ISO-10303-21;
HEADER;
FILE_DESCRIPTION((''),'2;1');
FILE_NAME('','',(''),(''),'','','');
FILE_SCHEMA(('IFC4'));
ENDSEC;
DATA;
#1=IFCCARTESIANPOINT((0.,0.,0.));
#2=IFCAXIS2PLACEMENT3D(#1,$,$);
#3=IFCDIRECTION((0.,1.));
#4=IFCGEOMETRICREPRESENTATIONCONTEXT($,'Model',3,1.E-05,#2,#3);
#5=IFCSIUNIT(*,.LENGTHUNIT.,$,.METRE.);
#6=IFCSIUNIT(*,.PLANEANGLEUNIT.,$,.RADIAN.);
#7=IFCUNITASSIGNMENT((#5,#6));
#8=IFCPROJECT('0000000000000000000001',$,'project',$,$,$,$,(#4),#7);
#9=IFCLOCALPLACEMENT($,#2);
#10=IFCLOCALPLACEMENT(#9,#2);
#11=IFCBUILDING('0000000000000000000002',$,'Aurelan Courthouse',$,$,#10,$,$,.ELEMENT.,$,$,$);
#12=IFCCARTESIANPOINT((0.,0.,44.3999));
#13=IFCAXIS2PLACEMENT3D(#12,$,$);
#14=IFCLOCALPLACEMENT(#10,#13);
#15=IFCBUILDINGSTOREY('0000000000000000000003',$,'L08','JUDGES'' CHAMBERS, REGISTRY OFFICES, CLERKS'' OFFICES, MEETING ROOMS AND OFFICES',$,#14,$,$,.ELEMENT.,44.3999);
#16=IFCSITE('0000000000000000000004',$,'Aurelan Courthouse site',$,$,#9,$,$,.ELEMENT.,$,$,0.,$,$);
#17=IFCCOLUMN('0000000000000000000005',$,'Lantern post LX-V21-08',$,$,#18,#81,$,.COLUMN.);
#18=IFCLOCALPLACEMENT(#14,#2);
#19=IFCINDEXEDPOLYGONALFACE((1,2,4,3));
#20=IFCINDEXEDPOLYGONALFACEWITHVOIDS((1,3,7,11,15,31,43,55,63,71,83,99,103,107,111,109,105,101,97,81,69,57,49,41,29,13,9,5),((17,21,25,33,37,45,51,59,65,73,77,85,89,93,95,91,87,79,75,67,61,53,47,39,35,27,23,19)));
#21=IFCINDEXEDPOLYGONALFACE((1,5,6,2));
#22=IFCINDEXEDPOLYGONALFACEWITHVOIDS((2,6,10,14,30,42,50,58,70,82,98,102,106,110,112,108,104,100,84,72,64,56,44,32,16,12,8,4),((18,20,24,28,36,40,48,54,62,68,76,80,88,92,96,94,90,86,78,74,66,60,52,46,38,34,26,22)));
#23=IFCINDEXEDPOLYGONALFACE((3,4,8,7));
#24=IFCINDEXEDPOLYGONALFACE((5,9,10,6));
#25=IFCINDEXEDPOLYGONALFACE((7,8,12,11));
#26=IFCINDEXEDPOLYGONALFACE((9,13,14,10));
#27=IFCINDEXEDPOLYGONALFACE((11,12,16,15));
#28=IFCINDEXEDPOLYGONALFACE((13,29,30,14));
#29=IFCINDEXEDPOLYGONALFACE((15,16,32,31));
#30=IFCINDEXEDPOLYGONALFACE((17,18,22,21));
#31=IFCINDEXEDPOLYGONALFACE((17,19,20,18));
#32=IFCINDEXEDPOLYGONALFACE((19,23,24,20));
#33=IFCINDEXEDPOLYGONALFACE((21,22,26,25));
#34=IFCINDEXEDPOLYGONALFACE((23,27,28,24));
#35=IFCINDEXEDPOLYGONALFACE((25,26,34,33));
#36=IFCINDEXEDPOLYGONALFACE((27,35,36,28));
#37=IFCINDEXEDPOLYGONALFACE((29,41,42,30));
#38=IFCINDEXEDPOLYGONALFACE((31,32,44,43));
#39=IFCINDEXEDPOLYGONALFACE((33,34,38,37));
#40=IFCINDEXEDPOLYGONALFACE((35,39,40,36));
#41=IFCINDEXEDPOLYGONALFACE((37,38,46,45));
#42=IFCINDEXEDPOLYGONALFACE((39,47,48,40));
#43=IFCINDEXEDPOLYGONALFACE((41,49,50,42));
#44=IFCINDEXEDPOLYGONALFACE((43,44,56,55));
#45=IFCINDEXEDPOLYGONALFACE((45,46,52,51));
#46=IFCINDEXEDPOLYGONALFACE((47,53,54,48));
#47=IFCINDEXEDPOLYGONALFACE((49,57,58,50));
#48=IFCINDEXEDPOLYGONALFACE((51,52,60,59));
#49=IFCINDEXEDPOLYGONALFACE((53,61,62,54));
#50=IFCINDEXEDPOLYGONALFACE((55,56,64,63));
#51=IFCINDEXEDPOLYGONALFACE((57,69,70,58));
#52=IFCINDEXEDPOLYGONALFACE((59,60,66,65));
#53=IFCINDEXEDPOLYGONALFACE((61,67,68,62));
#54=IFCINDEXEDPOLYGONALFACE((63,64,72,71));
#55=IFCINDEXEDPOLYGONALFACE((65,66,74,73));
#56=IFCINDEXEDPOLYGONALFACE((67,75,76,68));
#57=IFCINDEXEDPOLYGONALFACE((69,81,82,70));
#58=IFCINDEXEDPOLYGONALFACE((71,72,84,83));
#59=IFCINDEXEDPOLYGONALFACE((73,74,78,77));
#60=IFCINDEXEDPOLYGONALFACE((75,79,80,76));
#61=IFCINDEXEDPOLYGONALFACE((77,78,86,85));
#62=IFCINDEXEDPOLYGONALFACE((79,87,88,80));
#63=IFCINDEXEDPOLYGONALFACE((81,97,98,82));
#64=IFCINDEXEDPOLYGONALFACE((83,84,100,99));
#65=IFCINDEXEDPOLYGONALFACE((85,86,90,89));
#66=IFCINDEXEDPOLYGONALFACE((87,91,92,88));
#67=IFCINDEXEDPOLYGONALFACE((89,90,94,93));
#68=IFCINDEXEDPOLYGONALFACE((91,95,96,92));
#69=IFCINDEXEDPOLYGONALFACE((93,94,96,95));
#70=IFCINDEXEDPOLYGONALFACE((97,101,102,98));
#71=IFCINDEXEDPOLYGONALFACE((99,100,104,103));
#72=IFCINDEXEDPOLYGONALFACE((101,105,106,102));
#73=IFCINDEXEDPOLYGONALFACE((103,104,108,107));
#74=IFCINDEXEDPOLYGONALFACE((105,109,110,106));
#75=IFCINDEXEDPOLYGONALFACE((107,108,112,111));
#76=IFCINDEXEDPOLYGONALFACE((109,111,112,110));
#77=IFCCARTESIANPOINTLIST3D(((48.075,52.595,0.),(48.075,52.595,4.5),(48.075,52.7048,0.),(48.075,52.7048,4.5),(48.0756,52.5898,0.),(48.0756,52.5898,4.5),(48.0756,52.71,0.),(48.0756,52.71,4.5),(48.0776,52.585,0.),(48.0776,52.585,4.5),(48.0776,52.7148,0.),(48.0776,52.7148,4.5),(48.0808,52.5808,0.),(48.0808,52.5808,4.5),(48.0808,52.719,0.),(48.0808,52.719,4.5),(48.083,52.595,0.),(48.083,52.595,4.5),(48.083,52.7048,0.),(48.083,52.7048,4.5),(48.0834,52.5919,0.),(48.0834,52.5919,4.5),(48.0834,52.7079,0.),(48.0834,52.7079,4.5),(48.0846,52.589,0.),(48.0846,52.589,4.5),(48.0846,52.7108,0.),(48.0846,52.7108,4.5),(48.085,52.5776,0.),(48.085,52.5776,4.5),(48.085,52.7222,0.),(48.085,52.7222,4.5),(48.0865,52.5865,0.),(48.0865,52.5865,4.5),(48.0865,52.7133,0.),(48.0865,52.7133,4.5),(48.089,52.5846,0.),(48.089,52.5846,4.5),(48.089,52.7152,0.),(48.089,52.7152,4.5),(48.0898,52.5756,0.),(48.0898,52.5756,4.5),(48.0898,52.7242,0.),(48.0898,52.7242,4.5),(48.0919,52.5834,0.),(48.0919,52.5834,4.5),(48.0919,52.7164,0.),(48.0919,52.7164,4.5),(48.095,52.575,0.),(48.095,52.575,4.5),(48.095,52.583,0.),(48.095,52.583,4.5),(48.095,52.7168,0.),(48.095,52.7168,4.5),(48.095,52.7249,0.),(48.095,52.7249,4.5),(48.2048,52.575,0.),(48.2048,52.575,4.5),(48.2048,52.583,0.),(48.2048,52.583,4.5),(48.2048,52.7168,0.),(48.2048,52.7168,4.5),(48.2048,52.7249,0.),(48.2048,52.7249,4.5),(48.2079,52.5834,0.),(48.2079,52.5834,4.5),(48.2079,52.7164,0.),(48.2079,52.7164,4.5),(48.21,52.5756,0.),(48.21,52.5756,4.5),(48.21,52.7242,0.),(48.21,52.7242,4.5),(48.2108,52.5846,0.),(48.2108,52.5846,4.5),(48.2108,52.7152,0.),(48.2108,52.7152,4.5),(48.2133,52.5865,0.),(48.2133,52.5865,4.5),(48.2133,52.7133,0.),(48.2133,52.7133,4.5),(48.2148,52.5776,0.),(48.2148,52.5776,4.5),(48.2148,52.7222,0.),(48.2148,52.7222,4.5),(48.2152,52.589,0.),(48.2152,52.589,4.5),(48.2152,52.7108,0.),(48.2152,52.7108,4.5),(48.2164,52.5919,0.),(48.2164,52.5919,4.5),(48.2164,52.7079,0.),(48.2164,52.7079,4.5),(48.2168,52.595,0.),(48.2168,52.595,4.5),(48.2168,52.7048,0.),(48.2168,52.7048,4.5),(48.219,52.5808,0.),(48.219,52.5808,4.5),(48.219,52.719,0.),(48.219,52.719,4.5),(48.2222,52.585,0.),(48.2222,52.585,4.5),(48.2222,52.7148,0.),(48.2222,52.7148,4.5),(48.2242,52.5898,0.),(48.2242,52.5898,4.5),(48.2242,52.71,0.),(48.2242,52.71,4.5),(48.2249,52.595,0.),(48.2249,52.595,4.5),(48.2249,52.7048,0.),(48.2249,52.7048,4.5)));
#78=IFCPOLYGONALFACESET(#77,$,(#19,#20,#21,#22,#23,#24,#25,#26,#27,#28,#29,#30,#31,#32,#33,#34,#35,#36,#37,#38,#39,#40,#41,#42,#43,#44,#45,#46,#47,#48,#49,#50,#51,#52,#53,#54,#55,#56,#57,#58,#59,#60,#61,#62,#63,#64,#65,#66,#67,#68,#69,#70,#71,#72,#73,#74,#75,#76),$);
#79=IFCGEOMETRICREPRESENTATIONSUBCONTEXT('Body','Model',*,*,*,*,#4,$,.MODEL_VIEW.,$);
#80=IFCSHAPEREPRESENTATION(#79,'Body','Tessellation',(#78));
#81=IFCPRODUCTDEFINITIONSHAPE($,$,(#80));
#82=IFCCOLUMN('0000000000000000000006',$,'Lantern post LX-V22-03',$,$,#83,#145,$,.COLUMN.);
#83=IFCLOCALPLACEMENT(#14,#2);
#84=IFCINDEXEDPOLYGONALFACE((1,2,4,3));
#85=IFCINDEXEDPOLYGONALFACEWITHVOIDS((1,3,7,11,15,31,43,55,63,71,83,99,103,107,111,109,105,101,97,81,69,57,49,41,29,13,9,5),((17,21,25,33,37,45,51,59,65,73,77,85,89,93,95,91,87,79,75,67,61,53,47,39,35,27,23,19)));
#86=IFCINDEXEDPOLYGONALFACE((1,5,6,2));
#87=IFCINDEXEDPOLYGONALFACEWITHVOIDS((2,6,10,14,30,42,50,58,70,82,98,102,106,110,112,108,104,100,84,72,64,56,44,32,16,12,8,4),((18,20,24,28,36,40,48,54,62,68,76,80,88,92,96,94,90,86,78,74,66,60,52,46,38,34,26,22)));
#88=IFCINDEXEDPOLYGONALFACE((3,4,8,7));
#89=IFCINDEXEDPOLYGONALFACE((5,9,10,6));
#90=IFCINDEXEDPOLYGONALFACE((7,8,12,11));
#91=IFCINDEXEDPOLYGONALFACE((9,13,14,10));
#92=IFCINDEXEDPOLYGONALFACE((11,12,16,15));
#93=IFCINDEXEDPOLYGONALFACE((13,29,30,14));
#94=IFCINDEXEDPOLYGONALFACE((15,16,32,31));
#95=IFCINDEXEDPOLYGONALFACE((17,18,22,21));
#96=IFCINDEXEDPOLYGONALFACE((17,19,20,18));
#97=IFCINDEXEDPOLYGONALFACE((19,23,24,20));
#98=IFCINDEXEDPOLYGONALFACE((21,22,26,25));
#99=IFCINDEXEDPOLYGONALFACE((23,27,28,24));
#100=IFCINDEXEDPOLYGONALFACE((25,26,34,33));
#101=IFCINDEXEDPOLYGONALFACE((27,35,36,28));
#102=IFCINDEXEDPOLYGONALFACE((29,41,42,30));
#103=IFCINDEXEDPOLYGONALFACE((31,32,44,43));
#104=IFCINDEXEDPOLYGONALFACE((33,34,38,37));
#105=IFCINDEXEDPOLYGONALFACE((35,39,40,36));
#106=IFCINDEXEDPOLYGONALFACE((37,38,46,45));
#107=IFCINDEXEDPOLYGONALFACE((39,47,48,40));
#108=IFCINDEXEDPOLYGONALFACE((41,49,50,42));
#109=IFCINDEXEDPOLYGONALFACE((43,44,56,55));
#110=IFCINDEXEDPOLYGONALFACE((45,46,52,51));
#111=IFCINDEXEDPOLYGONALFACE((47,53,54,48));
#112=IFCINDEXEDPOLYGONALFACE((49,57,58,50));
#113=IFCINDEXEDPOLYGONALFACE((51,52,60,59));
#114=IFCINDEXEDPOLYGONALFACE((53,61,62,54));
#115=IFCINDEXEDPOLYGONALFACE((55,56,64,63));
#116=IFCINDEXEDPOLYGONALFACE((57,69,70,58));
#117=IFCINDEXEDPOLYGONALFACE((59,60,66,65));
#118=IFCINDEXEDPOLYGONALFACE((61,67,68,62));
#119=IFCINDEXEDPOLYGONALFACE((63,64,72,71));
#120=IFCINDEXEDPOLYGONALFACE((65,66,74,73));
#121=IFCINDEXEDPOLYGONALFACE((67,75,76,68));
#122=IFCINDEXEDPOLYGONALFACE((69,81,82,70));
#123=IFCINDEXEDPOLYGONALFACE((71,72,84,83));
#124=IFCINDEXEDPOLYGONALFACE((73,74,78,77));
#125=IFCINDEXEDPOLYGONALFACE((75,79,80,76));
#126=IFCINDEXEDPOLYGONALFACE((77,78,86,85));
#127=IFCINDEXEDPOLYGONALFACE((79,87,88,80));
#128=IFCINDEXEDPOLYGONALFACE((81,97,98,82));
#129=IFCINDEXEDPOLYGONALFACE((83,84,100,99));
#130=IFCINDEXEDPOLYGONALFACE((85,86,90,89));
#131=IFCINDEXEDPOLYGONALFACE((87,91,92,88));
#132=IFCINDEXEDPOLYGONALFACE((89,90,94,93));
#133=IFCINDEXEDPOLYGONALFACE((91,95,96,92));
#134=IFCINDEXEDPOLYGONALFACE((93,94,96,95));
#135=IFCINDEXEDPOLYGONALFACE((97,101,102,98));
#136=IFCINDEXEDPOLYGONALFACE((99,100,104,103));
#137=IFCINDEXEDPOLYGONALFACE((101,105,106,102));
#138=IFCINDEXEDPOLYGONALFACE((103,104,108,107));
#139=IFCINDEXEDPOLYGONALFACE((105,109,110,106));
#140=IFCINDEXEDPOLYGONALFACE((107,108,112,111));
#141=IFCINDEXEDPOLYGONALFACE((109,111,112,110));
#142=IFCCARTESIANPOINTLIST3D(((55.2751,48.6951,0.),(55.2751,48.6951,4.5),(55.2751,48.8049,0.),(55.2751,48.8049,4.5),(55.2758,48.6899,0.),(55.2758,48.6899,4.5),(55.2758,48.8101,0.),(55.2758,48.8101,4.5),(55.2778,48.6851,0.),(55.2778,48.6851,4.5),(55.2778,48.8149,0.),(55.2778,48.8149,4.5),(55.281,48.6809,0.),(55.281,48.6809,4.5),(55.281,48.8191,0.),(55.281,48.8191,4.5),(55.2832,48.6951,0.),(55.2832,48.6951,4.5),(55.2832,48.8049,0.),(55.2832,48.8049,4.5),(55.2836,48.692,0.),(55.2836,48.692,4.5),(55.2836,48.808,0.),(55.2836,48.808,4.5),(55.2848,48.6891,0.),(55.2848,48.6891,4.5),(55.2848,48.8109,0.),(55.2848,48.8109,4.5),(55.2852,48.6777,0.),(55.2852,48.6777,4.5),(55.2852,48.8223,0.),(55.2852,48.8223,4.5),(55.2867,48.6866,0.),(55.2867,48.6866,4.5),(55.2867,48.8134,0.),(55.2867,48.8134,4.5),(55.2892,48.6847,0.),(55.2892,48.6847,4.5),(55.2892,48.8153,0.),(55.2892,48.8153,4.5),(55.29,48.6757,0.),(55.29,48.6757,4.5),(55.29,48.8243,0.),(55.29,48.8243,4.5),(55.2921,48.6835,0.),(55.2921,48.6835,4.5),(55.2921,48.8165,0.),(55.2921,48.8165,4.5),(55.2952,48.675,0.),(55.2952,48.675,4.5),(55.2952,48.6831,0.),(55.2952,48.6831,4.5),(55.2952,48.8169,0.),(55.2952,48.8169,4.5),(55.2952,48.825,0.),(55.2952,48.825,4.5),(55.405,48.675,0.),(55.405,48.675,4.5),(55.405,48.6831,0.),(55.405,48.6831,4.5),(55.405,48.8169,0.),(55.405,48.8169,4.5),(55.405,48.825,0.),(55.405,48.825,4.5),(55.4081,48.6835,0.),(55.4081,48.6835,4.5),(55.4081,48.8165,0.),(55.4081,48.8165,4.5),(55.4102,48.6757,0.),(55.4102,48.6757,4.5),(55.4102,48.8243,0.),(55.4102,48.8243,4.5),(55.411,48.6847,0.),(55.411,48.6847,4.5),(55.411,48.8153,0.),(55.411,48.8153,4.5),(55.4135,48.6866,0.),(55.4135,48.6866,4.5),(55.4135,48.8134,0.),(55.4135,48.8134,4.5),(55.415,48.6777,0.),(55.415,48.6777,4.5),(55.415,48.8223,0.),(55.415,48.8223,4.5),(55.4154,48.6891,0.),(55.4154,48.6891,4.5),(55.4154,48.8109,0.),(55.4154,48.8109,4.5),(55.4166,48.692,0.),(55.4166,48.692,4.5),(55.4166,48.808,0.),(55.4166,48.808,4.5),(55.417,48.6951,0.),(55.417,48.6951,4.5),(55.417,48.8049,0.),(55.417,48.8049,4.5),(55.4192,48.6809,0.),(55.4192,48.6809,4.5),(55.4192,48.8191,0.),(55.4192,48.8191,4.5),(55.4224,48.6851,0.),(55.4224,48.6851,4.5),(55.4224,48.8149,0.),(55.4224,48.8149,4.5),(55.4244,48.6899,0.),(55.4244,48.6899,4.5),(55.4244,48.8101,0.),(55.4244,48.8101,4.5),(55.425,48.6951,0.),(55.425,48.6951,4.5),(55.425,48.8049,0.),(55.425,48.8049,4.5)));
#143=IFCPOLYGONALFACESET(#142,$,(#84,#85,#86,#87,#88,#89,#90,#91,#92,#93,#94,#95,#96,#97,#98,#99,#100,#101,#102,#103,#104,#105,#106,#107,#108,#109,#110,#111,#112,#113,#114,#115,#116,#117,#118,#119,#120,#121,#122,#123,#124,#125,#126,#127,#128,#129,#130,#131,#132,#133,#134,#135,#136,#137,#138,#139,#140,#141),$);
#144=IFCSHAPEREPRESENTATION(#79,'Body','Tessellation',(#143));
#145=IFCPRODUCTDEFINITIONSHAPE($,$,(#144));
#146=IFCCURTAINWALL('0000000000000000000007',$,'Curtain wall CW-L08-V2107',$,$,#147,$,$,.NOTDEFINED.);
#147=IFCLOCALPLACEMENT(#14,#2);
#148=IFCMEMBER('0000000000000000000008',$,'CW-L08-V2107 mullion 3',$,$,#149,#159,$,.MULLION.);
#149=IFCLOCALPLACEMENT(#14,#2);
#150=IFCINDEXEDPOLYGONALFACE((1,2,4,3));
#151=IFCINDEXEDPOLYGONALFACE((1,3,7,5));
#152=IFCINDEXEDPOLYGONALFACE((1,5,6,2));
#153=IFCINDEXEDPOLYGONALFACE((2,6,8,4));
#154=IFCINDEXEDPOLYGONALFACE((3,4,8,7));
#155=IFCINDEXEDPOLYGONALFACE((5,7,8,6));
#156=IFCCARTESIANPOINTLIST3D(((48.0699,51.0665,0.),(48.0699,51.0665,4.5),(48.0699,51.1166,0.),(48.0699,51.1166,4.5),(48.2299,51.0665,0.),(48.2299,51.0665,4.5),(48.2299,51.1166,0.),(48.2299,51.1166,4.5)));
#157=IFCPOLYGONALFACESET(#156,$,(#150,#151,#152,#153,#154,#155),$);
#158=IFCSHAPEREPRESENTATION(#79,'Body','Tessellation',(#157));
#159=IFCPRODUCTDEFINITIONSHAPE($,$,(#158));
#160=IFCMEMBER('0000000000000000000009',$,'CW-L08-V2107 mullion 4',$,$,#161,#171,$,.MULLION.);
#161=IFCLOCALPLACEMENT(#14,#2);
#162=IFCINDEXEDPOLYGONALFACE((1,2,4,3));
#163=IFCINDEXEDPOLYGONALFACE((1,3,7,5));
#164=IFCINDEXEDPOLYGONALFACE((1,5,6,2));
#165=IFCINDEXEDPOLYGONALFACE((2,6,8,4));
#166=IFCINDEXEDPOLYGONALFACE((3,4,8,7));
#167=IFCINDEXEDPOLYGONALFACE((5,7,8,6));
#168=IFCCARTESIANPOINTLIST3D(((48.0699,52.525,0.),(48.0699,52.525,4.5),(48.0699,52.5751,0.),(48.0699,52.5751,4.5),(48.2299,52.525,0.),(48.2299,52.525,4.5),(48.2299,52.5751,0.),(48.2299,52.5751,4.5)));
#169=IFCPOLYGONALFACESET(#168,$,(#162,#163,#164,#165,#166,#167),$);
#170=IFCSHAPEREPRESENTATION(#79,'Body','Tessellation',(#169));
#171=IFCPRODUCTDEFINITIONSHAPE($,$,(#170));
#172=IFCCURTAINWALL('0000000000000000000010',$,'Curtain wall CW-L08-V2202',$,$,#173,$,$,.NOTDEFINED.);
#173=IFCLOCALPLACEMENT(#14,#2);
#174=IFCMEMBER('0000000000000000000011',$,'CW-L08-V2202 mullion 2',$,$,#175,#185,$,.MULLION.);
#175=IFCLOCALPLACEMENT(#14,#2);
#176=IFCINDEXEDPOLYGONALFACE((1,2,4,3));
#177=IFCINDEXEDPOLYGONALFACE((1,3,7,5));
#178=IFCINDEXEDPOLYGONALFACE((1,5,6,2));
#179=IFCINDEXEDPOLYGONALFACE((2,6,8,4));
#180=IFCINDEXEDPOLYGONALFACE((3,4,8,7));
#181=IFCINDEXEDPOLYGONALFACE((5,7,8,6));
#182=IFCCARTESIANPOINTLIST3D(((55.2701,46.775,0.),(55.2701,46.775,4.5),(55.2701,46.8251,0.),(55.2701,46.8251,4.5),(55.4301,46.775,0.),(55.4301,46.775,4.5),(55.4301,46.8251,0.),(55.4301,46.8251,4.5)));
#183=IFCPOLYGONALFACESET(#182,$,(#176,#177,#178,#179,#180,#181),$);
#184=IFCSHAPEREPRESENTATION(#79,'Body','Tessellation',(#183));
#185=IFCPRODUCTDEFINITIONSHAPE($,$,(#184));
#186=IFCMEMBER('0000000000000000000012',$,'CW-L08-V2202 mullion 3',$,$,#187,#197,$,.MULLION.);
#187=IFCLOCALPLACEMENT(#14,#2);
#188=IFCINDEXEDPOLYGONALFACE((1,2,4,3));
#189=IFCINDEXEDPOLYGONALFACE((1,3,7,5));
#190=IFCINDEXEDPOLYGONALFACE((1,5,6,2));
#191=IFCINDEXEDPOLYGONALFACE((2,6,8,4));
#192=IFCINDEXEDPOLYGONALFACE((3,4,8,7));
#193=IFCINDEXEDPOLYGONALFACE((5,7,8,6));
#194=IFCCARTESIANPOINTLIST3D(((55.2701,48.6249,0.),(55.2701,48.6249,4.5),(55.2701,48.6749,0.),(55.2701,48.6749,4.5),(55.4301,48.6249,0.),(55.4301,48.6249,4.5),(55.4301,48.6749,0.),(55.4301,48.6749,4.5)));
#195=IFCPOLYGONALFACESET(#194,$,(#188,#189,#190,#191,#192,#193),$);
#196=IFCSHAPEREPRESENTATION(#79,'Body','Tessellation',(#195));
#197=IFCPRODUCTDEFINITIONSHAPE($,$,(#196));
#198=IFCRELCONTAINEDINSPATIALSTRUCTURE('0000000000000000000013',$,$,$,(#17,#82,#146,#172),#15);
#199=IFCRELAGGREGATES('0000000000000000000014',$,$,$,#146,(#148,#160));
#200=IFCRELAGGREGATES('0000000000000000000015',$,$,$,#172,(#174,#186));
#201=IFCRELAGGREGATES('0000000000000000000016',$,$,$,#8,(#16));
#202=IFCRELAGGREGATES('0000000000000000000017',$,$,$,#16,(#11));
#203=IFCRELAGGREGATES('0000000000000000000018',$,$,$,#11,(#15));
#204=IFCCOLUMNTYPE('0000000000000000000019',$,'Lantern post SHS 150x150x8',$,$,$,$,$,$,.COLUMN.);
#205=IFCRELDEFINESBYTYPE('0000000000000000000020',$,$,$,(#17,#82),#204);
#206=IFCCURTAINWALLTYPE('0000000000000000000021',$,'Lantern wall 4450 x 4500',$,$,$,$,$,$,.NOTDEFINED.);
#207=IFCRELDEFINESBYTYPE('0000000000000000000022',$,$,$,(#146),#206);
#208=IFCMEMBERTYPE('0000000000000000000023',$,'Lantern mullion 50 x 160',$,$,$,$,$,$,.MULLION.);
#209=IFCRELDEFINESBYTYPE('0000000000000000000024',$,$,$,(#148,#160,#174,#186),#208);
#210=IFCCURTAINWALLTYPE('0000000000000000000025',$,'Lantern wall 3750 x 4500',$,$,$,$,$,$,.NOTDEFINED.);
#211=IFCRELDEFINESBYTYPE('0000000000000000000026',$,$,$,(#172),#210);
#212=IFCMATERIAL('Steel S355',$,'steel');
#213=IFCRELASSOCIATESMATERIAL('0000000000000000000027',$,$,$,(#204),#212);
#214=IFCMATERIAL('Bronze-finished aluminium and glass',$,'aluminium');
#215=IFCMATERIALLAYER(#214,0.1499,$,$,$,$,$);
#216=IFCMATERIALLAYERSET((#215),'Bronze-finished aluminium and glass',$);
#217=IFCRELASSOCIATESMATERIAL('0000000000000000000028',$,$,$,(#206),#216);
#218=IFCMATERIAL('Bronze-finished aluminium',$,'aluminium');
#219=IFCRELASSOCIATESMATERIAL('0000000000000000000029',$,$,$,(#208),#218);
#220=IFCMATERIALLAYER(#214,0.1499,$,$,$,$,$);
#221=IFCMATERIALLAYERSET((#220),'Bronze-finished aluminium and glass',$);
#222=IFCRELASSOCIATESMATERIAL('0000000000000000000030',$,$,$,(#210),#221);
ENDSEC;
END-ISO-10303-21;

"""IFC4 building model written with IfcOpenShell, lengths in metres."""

from ifc_helpers import new_model, si_unit, direction, frame, origin, origin_2d, place, context, subcontext, project, spatial, rectangle, hollow_rectangle, extrude, material, layer, layer_set, material_profile, profile_set, type_object, element, aggregate, save


model = new_model("IFC4")

# Units and contexts
model_context = context("Model", 3, precision=1e-05, world=origin(), true_north=direction((0.0, 1.0)))
body_context = subcontext(model_context, "Body", "Model", "MODEL_VIEW")
ifc_project = project(units=[si_unit("LENGTHUNIT", "METRE"), si_unit("PLANEANGLEUNIT", "RADIAN")], contexts=[model_context])

# Site, building, storey
site_placement = place(None, origin())
site = spatial("IfcSite", under=ifc_project, at=site_placement, Name="Aurelan Courthouse site", CompositionType="ELEMENT", RefElevation=0.0)
building_placement = place(site_placement, origin())
building = spatial("IfcBuilding", under=site, at=building_placement, Name="Aurelan Courthouse", CompositionType="ELEMENT")
storey_placement = place(building_placement, frame((0.0, 0.0, 44.3999)))
storey = spatial("IfcBuildingStorey", under=building, at=storey_placement, Name="L08", Description="JUDGES' CHAMBERS, REGISTRY OFFICES, CLERKS' OFFICES, MEETING ROOMS AND OFFICES", CompositionType="ELEMENT", Elevation=44.3999)

# Columns
ifc_material_1 = material(Name="Steel S355", Category="steel")
ifc_material_profile_1 = material_profile(ifc_material_1, hollow_rectangle(XDim=0.1499, YDim=0.1499, WallThickness=0.0081, InnerFilletRadius=0.012, OuterFilletRadius=0.02, at=origin_2d()), Name="SHS 150x150x8")
ifc_profile_set_1 = profile_set([ifc_material_profile_1], Name="Steel S355")
column_type = type_object("IfcColumnType", Name="Lantern post SHS 150x150x8", PredefinedType="COLUMN", material=ifc_profile_set_1)
for number, where, z_axis, x_axis, name in (
    (1, (48.1499, 52.6499, 0.0), (0.0, 0.0, 1.0), (1.0, 0.0, 0.0), "Lantern post LX-V21-08"),
    (2, (55.3501, 48.75, 0.0), (0.0, 0.0, 1.0), (1.0, 0.0, 0.0), "Lantern post LX-V22-03"),
):
    element("IfcColumn", number, at=place(storey_placement, frame(where, z_axis=z_axis, x_axis=x_axis)), inside=storey, type_object=column_type, Name=name, PredefinedType="COLUMN", context=body_context, shape_type="SweptSolid", body=[
        extrude(hollow_rectangle(XDim=0.1499, YDim=0.1499, WallThickness=0.0081, InnerFilletRadius=0.012, OuterFilletRadius=0.02, at=origin_2d()), origin(), (0.0, 0.0, 1.0), 4.5),
    ])

# Curtain walls, members
ifc_material_2 = material(Name="Bronze-finished aluminium and glass", Category="aluminium")
ifc_layer_1 = layer(ifc_material_2, 0.1499)
ifc_layer_set_1 = layer_set([ifc_layer_1], Name="Bronze-finished aluminium and glass")
curtain_wall_type_1 = type_object("IfcCurtainWallType", Name="Lantern wall 4450 x 4500", PredefinedType="NOTDEFINED", material=ifc_layer_set_1)
curtain_wall_1_placement = place(storey_placement, origin())
curtain_wall_1 = element("IfcCurtainWall", 3, at=curtain_wall_1_placement, inside=storey, type_object=curtain_wall_type_1, Name="Curtain wall CW-L08-V2107", PredefinedType="NOTDEFINED")
ifc_material_3 = material(Name="Bronze-finished aluminium", Category="aluminium")
ifc_material_profile_2 = material_profile(ifc_material_3, rectangle(XDim=0.1599, YDim=0.05, at=origin_2d()), Name="Lantern mullion 50 x 160")
ifc_profile_set_2 = profile_set([ifc_material_profile_2], Name="Bronze-finished aluminium")
member_type_1 = type_object("IfcMemberType", Name="Lantern mullion 50 x 160", PredefinedType="MULLION", material=ifc_profile_set_2)
member_1_placement = place(storey_placement, frame((48.1499, 51.0916, 0.0), z_axis=(0.0, 0.0, 1.0), x_axis=(-1.0, 0.0, 0.0)))
member_1 = element("IfcMember", 4, at=member_1_placement, type_object=member_type_1, Name="CW-L08-V2107 mullion 3", PredefinedType="MULLION", context=body_context, shape_type="SweptSolid", body=[
    extrude(rectangle(XDim=0.1599, YDim=0.05, at=origin_2d()), origin(), (0.0, 0.0, 1.0), 4.5),
])
member_2_placement = place(storey_placement, frame((48.1499, 52.55, 0.0), z_axis=(0.0, 0.0, 1.0), x_axis=(-1.0, 0.0, 0.0)))
member_2 = element("IfcMember", 5, at=member_2_placement, type_object=member_type_1, Name="CW-L08-V2107 mullion 4", PredefinedType="MULLION", context=body_context, shape_type="SweptSolid", body=[
    extrude(rectangle(XDim=0.1599, YDim=0.05, at=origin_2d()), origin(), (0.0, 0.0, 1.0), 4.5),
])
ifc_layer_2 = layer(ifc_material_2, 0.1499)
ifc_layer_set_2 = layer_set([ifc_layer_2], Name="Bronze-finished aluminium and glass")
curtain_wall_type_2 = type_object("IfcCurtainWallType", Name="Lantern wall 3750 x 4500", PredefinedType="NOTDEFINED", material=ifc_layer_set_2)
curtain_wall_2_placement = place(storey_placement, origin())
curtain_wall_2 = element("IfcCurtainWall", 6, at=curtain_wall_2_placement, inside=storey, type_object=curtain_wall_type_2, Name="Curtain wall CW-L08-V2202", PredefinedType="NOTDEFINED")
member_3_placement = place(storey_placement, frame((55.3501, 46.8, 0.0), z_axis=(0.0, 0.0, 1.0), x_axis=(-1.0, 0.0, 0.0)))
member_3 = element("IfcMember", 7, at=member_3_placement, type_object=member_type_1, Name="CW-L08-V2202 mullion 2", PredefinedType="MULLION", context=body_context, shape_type="SweptSolid", body=[
    extrude(rectangle(XDim=0.1599, YDim=0.05, at=origin_2d()), origin(), (0.0, 0.0, 1.0), 4.5),
])
member_4_placement = place(storey_placement, frame((55.3501, 48.6499, 0.0), z_axis=(0.0, 0.0, 1.0), x_axis=(-1.0, 0.0, 0.0)))
member_4 = element("IfcMember", 8, at=member_4_placement, type_object=member_type_1, Name="CW-L08-V2202 mullion 3", PredefinedType="MULLION", context=body_context, shape_type="SweptSolid", body=[
    extrude(rectangle(XDim=0.1599, YDim=0.05, at=origin_2d()), origin(), (0.0, 0.0, 1.0), 4.5),
])

aggregate(curtain_wall_1, [member_1, member_2])
aggregate(curtain_wall_2, [member_3, member_4])

save(model, "model.ifc")
